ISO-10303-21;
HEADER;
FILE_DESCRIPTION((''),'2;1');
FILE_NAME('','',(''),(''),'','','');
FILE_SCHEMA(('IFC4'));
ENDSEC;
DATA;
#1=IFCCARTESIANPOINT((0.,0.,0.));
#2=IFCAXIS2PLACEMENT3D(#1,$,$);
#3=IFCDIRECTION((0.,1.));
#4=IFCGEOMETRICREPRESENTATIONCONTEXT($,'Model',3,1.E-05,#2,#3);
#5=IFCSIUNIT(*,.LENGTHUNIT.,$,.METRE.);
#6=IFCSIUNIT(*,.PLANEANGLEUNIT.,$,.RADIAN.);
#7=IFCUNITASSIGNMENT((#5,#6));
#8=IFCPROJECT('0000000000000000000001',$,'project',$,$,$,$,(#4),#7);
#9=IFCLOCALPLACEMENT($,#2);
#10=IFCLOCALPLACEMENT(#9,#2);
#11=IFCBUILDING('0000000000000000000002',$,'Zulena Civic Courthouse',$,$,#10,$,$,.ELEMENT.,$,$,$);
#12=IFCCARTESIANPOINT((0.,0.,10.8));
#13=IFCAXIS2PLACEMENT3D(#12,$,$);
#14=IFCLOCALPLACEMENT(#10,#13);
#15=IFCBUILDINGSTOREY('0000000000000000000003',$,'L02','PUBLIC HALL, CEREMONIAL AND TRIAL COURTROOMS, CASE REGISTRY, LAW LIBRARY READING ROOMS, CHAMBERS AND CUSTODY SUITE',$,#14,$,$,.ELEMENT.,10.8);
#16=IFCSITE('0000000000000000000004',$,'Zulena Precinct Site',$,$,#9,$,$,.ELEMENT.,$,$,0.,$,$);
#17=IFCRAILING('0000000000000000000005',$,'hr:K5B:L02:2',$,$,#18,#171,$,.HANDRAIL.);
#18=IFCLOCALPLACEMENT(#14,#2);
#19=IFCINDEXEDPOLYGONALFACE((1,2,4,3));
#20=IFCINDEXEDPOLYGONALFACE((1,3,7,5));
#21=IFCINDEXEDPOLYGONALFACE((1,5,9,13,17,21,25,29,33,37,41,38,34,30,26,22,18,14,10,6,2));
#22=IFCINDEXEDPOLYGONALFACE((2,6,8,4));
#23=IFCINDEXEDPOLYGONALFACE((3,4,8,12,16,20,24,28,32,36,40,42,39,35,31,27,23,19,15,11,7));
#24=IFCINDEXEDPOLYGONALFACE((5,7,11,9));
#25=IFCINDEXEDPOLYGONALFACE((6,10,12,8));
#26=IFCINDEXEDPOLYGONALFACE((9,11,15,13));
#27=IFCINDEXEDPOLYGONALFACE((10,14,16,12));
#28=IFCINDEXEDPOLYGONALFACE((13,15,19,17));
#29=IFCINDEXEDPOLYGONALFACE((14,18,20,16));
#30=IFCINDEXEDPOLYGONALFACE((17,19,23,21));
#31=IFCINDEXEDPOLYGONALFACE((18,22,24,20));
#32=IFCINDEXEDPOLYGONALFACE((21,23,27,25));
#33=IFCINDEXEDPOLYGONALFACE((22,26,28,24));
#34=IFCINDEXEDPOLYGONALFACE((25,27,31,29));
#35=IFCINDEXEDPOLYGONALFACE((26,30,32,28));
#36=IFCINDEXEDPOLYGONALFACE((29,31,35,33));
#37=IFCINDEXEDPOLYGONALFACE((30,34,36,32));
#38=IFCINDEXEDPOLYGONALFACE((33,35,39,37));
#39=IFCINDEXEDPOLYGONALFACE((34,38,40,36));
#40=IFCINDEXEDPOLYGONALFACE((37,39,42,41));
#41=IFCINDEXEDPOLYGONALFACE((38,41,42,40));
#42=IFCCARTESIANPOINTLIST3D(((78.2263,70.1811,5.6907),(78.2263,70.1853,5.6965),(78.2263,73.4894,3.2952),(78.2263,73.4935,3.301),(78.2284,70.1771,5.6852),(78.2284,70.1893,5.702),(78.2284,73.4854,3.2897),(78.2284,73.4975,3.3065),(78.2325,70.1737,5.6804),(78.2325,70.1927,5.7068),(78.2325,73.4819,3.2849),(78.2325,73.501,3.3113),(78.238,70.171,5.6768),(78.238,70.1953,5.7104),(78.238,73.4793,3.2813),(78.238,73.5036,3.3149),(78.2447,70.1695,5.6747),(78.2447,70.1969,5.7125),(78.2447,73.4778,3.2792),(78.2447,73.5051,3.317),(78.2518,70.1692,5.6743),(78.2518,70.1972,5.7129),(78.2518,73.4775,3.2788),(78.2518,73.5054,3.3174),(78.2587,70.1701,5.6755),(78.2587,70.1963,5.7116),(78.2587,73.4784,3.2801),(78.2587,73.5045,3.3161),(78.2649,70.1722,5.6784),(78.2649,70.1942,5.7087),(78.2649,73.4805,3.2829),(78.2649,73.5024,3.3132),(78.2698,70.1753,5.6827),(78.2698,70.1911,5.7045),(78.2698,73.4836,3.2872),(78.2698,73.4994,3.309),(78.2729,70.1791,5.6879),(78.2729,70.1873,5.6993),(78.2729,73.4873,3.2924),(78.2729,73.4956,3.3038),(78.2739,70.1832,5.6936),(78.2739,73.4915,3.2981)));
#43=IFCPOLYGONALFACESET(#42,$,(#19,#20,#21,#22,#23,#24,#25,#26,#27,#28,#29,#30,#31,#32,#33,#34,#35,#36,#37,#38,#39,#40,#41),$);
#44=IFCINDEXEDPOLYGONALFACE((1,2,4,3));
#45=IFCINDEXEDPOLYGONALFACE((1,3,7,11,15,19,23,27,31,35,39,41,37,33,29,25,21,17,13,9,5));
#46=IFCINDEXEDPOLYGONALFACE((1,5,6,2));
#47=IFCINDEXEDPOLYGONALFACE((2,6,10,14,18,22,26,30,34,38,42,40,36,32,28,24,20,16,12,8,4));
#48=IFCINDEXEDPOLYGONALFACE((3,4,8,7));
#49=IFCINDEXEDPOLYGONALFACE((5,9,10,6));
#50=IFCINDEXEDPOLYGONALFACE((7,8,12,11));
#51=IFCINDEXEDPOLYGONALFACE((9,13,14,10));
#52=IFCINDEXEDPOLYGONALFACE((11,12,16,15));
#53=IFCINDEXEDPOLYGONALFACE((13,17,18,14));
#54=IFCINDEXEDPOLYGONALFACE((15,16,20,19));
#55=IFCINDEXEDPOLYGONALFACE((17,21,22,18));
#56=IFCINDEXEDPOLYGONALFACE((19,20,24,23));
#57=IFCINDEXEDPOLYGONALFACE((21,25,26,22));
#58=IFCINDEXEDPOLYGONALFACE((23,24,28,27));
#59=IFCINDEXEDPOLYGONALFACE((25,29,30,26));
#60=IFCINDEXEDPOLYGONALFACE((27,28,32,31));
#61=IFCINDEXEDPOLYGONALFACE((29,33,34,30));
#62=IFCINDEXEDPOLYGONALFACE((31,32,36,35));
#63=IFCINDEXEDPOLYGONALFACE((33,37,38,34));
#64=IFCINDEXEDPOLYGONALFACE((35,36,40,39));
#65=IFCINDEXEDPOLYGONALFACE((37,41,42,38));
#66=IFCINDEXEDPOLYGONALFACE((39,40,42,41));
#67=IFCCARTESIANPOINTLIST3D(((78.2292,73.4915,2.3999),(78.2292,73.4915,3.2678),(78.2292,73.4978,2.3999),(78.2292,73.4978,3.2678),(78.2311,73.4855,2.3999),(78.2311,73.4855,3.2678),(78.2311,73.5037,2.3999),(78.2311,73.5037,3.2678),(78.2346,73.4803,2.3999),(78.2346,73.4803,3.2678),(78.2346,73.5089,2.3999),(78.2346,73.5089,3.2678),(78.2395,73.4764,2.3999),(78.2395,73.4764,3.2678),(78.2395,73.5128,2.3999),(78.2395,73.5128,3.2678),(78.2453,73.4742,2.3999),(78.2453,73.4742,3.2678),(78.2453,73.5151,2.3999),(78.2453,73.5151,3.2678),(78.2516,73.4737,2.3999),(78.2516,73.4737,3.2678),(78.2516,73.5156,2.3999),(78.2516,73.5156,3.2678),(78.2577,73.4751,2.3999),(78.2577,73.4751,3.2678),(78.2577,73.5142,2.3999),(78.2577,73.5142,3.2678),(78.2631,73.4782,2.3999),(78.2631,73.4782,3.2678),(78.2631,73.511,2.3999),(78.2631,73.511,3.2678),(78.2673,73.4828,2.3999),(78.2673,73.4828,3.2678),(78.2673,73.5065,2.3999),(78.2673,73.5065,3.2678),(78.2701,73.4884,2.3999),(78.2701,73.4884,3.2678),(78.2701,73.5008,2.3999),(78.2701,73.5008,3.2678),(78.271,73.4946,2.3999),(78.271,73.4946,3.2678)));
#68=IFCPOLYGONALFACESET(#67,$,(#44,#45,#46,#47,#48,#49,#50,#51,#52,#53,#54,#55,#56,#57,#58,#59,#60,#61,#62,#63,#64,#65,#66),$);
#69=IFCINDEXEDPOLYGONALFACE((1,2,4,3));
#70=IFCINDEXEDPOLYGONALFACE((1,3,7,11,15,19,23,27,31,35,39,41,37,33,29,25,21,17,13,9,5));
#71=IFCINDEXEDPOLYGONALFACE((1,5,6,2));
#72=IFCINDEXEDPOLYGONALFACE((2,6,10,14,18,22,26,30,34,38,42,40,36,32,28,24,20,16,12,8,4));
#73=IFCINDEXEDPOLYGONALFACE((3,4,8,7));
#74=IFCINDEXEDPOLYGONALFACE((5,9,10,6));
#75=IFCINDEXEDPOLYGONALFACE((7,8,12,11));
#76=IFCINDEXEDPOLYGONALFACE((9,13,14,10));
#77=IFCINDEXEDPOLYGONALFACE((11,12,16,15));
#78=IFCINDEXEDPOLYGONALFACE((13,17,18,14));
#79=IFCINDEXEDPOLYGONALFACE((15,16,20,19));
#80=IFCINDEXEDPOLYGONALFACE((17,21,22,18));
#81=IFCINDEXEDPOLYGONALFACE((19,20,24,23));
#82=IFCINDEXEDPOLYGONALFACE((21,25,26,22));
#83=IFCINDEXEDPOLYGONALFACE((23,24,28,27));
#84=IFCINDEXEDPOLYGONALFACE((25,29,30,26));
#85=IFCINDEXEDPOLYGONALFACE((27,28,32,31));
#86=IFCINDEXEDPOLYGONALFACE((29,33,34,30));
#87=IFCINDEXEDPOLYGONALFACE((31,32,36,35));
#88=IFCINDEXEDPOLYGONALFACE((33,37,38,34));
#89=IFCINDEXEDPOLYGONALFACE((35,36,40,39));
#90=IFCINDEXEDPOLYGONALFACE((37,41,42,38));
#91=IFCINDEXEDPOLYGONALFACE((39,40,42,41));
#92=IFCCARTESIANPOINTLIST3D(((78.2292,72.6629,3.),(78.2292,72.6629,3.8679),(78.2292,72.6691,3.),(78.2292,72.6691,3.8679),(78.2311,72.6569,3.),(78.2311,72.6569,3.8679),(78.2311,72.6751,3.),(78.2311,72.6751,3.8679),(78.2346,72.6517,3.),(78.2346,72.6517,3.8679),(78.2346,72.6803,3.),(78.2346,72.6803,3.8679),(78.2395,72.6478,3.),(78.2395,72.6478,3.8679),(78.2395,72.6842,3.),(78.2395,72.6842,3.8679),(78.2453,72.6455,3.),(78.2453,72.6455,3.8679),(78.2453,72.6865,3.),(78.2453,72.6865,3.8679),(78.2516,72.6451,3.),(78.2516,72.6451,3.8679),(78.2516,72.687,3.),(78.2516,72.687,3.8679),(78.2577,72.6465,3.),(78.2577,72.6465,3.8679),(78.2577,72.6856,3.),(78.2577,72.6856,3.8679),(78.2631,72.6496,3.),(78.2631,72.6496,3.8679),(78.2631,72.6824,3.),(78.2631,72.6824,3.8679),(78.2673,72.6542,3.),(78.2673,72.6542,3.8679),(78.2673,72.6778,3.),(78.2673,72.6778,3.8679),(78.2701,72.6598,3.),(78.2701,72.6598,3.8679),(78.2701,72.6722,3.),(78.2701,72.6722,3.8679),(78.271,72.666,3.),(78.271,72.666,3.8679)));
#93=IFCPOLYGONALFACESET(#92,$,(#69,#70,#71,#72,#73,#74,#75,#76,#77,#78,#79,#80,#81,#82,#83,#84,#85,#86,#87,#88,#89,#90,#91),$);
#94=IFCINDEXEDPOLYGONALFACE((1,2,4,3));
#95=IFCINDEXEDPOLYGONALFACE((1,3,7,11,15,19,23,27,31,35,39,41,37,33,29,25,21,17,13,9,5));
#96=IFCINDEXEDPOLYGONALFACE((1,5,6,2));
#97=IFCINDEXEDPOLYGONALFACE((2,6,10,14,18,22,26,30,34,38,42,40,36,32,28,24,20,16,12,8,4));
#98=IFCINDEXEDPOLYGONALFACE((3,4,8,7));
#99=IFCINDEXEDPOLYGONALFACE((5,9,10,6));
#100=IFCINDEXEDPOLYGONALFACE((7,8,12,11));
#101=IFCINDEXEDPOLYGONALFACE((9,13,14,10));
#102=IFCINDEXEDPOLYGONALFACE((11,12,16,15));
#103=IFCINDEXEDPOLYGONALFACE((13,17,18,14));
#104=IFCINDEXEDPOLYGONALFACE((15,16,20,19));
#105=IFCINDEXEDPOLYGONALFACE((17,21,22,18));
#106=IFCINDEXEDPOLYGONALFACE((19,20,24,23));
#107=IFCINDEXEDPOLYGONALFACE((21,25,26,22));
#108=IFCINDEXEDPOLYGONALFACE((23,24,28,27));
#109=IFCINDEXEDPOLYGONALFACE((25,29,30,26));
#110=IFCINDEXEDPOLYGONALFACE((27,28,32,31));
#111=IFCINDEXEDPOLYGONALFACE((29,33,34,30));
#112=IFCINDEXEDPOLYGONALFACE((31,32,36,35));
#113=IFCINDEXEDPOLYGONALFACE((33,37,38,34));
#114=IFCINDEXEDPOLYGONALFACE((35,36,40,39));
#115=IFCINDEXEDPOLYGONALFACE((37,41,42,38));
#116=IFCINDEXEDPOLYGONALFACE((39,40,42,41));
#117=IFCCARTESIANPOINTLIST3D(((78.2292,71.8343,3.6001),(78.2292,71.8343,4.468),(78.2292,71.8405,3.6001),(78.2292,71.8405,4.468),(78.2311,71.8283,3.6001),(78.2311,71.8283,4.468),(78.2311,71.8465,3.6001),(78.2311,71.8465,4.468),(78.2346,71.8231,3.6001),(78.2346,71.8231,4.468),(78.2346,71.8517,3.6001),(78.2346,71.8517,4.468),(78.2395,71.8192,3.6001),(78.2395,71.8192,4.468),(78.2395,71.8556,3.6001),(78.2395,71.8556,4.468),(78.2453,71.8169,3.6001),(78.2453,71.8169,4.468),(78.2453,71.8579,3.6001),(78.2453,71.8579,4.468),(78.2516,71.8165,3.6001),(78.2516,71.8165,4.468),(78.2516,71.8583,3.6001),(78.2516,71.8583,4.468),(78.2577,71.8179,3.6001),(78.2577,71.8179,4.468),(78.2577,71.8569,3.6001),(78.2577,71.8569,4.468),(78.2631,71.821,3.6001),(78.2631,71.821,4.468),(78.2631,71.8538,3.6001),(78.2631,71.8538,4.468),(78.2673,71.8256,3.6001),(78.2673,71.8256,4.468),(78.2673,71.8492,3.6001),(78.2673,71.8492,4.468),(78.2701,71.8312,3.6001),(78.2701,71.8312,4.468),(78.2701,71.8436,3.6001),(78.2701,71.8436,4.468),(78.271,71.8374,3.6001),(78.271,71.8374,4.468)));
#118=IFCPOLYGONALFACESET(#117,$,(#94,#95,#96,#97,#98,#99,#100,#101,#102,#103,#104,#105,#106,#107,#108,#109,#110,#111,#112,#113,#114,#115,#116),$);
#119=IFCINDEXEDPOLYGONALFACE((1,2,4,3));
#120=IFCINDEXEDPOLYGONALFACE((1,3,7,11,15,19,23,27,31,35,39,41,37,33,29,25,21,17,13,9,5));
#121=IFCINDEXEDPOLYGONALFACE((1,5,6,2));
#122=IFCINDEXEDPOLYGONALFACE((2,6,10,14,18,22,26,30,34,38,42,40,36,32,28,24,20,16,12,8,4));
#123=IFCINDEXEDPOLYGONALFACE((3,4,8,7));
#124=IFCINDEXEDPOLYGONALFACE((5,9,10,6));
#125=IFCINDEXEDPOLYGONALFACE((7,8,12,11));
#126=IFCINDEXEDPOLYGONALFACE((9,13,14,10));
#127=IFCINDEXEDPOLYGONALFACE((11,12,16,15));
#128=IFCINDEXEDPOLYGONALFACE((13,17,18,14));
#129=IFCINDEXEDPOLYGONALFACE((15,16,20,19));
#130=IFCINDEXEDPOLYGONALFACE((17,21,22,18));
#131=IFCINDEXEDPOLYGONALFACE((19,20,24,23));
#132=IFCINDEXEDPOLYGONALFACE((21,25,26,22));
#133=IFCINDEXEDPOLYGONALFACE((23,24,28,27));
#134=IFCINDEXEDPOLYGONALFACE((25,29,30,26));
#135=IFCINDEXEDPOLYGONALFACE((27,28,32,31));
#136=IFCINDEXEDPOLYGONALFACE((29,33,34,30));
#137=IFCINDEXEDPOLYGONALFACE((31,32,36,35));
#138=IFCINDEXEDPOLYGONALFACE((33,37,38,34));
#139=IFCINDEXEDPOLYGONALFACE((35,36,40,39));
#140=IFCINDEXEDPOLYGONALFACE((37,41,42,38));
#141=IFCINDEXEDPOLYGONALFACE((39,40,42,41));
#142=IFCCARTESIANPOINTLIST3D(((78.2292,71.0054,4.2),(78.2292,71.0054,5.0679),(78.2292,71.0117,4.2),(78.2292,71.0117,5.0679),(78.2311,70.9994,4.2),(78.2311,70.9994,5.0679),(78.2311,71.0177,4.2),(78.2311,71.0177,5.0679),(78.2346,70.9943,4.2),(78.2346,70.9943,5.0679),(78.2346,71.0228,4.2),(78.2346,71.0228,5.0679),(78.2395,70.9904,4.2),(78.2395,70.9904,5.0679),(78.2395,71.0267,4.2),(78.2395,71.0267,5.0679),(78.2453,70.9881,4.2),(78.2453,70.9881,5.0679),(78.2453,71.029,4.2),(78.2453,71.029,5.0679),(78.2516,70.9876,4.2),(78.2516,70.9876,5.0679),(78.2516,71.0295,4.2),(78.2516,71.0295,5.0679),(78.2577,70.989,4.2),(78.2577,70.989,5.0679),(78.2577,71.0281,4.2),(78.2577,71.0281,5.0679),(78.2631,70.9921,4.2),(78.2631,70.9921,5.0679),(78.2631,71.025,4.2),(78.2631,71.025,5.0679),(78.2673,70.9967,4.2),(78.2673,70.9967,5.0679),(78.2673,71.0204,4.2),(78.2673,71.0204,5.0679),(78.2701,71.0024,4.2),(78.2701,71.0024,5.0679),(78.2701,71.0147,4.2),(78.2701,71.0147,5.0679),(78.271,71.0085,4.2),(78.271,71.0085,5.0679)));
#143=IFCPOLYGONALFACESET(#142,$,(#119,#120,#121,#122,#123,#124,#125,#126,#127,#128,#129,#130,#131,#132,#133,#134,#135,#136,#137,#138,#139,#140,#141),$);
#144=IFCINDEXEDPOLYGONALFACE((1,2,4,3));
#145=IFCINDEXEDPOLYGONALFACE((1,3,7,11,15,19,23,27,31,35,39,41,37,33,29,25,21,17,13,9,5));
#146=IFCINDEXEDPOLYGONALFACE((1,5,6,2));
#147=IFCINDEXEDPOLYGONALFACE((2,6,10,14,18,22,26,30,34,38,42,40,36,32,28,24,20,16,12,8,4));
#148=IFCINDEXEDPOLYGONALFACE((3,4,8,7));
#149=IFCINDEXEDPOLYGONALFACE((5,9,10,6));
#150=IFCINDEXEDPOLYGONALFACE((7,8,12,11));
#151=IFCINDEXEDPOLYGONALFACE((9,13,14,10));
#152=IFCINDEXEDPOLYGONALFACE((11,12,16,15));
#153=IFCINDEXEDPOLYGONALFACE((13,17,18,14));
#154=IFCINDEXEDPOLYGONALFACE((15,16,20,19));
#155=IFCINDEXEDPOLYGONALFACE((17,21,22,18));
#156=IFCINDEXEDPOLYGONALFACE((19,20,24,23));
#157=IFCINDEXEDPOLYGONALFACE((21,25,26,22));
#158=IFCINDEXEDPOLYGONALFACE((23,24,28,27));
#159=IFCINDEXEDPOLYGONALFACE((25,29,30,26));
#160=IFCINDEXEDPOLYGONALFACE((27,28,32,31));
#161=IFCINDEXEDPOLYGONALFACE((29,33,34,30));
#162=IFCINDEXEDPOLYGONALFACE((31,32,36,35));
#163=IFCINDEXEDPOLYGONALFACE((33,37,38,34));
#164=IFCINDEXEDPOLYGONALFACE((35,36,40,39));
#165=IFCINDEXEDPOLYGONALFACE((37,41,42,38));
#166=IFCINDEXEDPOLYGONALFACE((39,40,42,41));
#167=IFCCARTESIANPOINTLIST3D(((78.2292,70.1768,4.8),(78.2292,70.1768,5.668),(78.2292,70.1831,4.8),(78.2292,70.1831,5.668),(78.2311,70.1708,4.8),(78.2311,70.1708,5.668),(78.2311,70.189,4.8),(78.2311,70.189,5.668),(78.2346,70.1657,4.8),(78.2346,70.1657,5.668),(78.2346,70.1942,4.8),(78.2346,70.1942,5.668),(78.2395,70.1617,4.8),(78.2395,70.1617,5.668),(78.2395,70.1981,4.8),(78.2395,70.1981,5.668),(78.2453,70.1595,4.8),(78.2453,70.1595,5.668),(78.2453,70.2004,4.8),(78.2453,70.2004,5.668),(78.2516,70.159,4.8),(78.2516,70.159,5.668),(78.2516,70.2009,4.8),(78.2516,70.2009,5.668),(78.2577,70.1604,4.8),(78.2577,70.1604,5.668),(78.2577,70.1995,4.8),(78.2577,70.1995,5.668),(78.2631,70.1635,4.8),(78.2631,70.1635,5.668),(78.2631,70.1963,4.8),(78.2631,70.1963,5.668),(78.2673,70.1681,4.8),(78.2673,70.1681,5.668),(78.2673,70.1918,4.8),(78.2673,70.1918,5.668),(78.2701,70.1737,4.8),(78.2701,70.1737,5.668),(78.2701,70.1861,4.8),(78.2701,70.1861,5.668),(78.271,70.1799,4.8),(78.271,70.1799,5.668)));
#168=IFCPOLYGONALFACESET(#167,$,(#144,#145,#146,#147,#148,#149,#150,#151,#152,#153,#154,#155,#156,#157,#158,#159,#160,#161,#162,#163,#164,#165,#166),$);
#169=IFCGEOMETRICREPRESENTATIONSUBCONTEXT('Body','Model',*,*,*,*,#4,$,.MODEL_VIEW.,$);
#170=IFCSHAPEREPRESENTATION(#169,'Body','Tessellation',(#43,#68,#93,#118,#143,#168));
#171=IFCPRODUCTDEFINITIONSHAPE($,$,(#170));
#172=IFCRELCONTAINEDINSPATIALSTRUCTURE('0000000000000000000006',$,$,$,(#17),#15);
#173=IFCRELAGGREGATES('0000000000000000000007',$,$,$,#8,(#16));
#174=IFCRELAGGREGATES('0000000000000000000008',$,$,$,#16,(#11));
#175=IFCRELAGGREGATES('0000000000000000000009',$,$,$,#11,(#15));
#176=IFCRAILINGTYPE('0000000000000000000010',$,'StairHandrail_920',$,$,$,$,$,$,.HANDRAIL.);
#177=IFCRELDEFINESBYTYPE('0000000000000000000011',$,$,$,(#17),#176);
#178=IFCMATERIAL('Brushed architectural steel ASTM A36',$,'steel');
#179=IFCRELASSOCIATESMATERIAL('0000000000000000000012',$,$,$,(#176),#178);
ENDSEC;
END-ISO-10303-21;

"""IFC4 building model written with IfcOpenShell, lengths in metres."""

from ifc_helpers import new_model, si_unit, direction, frame, origin, origin_2d, place, context, subcontext, project, spatial, circle, extrude, material, type_object, element, save


model = new_model("IFC4")

# Units and contexts
model_context = context("Model", 3, precision=1e-05, world=origin(), true_north=direction((0.0, 1.0)))
body_context = subcontext(model_context, "Body", "Model", "MODEL_VIEW")
ifc_project = project(units=[si_unit("LENGTHUNIT", "METRE"), si_unit("PLANEANGLEUNIT", "RADIAN")], contexts=[model_context])

# Site, building, storey
site_placement = place(None, origin())
site = spatial("IfcSite", under=ifc_project, at=site_placement, Name="Zulena Precinct Site", CompositionType="ELEMENT", RefElevation=0.0)
building_placement = place(site_placement, origin())
building = spatial("IfcBuilding", under=site, at=building_placement, Name="Zulena Civic Courthouse", CompositionType="ELEMENT")
storey_placement = place(building_placement, frame((0.0, 0.0, 10.8)))
storey = spatial("IfcBuildingStorey", under=building, at=storey_placement, Name="L02", Description="PUBLIC HALL, CEREMONIAL AND TRIAL COURTROOMS, CASE REGISTRY, LAW LIBRARY READING ROOMS, CHAMBERS AND CUSTODY SUITE", CompositionType="ELEMENT", Elevation=10.8)

# Railing
ifc_material_1 = material(Name="Brushed architectural steel ASTM A36", Category="steel")
railing_type_1 = type_object("IfcRailingType", Name="StairHandrail_920", PredefinedType="HANDRAIL", material=ifc_material_1)
railing_1_placement = place(storey_placement, frame((78.25, 73.4946, 2.3999)))
element("IfcRailing", 1, at=railing_1_placement, inside=storey, type_object=railing_type_1, Name="hr:K5B:L02:2", PredefinedType="HANDRAIL", context=body_context, shape_type="SweptSolid", body=[
    extrude(circle(Radius=0.0239, at=origin_2d()), frame((0.0, -0.0032, 0.8982), z_axis=(0.0, -0.80996, 0.586486), x_axis=(1.0, 0.0, 0.0)), (0.0, 0.0, 1.0), 4.0845),
    extrude(circle(Radius=0.021, at=origin_2d()), origin(), (0.0, 0.0, 1.0), 0.8679),
    extrude(circle(Radius=0.021, at=origin_2d()), frame((0.0, -0.8286, 0.6001)), (0.0, 0.0, 1.0), 0.8679),
    extrude(circle(Radius=0.021, at=origin_2d()), frame((0.0, -1.6572, 1.2002)), (0.0, 0.0, 1.0), 0.8679),
    extrude(circle(Radius=0.021, at=origin_2d()), frame((0.0, -2.4861, 1.8)), (0.0, 0.0, 1.0), 0.8679),
    extrude(circle(Radius=0.021, at=origin_2d()), frame((0.0, -3.3147, 2.4001)), (0.0, 0.0, 1.0), 0.8679),
])

save(model, "model.ifc")
